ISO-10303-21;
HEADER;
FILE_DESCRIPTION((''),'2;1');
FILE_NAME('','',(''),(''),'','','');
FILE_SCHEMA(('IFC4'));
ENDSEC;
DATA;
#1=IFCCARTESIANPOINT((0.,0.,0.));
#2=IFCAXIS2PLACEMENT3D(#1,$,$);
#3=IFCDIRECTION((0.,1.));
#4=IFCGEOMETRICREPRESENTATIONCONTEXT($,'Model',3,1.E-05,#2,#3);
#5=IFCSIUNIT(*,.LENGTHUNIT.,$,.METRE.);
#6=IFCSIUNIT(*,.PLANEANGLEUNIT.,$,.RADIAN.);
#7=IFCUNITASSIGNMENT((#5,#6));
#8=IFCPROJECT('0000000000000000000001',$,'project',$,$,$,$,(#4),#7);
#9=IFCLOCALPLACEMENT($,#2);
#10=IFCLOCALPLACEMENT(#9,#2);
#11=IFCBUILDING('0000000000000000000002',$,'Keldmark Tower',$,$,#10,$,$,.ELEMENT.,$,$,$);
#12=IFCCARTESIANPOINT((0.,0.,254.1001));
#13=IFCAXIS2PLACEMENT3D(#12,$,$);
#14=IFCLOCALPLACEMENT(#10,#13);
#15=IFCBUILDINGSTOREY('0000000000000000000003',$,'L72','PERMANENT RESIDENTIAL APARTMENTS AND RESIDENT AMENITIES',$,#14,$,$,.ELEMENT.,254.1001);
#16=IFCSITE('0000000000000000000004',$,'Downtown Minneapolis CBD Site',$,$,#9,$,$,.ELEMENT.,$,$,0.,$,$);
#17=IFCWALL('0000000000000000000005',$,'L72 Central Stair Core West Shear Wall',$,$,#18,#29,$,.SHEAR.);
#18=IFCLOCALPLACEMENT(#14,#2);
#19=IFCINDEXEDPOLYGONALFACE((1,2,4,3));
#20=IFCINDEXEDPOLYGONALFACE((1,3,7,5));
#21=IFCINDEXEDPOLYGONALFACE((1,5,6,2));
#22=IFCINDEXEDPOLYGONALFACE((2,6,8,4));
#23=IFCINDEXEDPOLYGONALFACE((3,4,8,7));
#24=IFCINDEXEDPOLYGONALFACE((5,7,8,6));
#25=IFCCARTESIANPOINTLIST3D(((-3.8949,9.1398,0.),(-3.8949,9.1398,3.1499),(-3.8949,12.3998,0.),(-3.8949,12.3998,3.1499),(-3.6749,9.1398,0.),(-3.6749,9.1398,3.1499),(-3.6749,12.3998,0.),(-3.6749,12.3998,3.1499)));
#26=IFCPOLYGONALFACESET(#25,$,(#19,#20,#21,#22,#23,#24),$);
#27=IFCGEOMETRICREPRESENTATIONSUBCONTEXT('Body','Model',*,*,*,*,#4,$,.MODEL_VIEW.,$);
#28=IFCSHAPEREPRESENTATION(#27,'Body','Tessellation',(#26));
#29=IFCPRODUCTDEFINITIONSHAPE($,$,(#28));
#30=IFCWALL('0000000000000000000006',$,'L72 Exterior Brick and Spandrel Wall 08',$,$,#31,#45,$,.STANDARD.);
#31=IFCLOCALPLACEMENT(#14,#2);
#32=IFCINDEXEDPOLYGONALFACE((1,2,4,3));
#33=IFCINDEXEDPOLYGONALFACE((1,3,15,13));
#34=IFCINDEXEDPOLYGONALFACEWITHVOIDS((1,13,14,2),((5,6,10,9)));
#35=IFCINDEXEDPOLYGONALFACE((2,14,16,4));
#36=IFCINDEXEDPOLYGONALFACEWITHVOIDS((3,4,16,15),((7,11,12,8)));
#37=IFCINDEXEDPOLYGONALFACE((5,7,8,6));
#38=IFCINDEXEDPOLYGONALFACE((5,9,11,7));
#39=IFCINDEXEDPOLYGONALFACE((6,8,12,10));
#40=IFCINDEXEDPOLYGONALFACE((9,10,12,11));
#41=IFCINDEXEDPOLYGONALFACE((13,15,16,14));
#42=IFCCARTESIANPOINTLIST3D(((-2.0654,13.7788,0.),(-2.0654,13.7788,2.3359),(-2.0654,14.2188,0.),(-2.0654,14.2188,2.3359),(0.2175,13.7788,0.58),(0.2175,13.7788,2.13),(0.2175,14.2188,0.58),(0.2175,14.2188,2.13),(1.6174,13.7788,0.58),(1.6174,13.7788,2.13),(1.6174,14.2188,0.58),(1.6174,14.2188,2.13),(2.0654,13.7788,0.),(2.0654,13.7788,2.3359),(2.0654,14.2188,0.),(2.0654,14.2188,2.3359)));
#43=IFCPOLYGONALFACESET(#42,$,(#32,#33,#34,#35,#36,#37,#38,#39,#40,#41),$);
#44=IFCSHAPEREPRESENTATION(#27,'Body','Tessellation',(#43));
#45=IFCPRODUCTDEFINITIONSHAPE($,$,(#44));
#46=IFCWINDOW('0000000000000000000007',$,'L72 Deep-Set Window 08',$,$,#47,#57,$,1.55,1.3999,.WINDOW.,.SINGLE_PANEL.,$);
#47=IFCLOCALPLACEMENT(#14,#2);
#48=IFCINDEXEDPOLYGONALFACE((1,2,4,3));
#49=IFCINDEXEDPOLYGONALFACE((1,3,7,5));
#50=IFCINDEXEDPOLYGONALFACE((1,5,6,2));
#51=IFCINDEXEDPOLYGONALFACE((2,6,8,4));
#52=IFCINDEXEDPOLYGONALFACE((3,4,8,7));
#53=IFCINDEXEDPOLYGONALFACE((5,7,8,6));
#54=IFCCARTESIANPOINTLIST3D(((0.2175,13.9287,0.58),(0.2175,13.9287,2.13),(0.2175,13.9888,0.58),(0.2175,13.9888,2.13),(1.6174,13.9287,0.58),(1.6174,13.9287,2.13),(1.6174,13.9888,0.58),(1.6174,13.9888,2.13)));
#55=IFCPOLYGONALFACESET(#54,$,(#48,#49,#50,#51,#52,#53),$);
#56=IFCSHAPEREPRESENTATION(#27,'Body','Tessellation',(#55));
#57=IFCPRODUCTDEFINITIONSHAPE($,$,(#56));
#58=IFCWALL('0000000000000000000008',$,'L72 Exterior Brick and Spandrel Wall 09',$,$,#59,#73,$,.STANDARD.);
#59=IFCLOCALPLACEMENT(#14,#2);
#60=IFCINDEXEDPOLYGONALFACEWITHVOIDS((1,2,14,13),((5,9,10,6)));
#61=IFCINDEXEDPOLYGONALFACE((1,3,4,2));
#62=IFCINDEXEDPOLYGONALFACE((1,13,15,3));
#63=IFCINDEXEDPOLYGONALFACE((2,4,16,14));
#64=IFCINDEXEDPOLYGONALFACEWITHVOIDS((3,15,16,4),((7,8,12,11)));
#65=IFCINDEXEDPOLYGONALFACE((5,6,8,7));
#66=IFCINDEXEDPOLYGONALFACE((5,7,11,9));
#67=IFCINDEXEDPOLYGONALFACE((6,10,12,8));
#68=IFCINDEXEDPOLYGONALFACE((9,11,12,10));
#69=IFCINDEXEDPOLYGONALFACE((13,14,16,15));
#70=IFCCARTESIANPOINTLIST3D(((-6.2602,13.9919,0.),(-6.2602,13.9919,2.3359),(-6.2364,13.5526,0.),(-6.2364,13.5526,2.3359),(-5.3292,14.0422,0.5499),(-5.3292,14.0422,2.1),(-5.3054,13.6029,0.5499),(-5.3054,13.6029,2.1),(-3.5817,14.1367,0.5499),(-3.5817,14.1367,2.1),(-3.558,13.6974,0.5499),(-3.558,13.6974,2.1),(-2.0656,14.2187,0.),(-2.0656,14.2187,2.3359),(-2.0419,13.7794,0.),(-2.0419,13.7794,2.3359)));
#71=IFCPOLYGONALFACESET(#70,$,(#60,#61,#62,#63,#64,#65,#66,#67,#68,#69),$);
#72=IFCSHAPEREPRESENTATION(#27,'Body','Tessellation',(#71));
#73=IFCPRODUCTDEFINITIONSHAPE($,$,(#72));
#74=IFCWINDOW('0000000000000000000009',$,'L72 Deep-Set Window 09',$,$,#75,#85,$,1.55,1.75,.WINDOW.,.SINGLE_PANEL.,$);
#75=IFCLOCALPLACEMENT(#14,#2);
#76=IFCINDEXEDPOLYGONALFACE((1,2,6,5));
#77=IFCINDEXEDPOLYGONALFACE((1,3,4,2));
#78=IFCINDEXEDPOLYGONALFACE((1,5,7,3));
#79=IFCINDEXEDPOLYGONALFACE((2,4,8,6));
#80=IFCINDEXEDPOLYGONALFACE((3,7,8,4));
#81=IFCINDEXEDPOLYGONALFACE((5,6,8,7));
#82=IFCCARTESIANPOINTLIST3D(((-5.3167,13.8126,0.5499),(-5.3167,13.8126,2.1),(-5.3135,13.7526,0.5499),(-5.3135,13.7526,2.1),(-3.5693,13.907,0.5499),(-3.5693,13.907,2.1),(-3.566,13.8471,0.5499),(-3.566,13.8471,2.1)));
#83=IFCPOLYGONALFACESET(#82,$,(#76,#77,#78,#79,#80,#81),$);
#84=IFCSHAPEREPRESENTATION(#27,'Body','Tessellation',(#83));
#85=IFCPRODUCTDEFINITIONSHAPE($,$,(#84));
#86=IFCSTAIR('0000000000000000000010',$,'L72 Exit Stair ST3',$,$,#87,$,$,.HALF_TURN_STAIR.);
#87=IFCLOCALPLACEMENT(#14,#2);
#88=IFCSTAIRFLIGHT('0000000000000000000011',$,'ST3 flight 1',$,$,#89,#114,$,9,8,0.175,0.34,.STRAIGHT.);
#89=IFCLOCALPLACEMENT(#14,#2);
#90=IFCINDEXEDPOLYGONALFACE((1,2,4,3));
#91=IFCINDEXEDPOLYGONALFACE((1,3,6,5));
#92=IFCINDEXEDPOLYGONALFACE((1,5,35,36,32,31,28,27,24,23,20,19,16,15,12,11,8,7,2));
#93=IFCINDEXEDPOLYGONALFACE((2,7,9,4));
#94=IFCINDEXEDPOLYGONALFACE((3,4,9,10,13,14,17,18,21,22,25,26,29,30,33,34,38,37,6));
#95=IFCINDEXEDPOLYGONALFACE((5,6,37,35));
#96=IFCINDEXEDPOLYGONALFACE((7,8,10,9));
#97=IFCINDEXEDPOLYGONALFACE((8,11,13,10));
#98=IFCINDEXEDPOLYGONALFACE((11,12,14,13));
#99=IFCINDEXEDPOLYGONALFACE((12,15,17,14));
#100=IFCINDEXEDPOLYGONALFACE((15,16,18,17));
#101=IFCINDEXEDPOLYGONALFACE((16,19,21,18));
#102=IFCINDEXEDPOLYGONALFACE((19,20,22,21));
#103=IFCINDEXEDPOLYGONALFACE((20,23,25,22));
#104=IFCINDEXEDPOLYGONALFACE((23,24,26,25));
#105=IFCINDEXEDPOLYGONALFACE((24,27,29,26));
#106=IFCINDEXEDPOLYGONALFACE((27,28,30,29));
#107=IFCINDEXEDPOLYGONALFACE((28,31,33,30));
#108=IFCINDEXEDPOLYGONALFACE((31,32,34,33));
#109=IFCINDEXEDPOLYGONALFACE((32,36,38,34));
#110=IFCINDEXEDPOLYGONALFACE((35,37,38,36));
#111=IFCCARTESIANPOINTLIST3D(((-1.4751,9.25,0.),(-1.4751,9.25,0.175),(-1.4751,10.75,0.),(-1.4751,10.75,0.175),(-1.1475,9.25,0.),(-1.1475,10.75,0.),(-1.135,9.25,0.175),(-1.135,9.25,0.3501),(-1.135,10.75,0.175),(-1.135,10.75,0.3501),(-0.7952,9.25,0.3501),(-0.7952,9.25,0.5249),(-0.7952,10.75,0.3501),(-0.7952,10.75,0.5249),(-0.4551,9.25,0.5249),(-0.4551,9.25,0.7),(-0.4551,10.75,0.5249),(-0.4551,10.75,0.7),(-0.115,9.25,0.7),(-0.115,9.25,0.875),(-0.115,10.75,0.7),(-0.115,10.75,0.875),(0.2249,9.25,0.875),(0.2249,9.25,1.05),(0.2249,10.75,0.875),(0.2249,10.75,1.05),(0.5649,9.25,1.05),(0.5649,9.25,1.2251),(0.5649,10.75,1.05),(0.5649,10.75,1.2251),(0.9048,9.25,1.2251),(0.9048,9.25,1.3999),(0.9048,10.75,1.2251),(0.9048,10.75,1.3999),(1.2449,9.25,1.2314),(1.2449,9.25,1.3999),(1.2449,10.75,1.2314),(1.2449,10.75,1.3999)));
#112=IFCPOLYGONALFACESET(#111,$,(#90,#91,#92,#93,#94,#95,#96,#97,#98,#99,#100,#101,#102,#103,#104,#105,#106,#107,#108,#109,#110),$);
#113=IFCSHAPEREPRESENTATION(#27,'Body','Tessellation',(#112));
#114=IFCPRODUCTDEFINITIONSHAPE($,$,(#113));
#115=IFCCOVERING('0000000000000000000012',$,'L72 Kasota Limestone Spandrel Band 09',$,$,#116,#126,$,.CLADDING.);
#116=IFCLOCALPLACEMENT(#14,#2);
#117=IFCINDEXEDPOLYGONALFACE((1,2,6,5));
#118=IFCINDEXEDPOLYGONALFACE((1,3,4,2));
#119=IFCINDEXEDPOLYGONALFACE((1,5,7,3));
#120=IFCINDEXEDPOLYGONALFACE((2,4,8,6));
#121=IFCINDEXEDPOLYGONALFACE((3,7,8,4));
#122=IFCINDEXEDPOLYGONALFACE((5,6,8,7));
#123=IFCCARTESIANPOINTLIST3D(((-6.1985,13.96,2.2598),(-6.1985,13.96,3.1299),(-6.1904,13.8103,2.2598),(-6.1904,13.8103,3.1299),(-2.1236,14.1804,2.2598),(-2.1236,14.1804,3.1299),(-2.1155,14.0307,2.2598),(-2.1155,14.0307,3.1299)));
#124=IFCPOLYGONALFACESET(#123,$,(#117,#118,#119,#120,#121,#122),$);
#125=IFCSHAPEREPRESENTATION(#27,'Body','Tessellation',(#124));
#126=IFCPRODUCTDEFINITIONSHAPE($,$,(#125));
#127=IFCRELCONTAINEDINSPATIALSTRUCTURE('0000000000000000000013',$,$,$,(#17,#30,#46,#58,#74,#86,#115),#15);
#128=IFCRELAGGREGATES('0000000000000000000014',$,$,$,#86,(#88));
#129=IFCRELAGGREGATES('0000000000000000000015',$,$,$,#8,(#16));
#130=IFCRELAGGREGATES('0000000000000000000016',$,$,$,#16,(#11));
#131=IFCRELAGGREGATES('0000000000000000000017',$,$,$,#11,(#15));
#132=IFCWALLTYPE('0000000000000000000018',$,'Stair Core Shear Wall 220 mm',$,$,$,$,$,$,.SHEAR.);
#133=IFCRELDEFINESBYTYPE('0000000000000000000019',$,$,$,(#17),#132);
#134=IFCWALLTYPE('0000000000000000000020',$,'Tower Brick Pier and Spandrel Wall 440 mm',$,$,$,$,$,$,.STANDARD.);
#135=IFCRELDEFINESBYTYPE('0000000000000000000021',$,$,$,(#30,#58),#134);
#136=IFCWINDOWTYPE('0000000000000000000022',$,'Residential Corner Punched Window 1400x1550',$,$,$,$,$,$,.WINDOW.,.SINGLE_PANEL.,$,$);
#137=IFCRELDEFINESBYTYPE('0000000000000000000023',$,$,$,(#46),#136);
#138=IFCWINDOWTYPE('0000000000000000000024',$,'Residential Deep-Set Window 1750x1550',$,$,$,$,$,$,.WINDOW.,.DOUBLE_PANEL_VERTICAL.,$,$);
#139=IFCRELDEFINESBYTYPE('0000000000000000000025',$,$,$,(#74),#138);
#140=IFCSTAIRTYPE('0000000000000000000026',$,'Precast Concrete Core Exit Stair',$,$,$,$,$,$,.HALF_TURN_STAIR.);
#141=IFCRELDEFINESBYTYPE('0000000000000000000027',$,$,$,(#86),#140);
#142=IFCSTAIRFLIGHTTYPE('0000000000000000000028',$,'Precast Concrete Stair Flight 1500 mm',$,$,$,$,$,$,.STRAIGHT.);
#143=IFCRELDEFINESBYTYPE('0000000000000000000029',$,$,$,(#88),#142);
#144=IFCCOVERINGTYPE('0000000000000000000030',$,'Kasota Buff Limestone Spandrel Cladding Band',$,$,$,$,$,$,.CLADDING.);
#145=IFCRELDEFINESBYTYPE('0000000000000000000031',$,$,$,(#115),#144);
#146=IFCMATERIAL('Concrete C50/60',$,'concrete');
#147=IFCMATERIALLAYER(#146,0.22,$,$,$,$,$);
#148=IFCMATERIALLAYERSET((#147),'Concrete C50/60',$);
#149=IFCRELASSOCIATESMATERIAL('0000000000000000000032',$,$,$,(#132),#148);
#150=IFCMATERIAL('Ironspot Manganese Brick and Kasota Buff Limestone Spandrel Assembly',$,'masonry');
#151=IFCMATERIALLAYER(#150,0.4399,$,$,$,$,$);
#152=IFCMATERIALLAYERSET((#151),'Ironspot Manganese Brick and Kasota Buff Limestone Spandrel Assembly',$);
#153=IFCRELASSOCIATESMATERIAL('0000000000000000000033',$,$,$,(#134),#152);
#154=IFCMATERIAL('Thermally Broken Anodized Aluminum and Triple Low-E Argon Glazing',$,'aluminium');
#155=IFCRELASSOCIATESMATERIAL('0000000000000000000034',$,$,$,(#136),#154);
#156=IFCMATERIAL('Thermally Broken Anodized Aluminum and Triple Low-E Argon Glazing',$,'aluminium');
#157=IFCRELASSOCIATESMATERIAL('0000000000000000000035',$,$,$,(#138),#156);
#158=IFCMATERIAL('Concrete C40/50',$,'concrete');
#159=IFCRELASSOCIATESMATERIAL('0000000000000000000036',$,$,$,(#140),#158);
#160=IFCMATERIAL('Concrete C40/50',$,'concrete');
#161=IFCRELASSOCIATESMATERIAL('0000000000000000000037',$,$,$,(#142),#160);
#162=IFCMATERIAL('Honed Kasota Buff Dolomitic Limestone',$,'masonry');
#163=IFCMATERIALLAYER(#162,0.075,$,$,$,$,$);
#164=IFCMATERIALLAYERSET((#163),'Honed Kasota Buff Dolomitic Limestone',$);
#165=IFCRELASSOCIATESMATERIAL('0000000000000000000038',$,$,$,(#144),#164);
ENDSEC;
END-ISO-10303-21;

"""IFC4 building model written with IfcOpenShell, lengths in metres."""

from ifc_helpers import new_model, si_unit, direction, frame, frame_2d, origin, origin_2d, place, context, subcontext, project, spatial, polyline, rectangle, outline, extrude, material, layer, layer_set, type_object, element, fill, aggregate, save


model = new_model("IFC4")

# Units and contexts
model_context = context("Model", 3, precision=1e-05, world=origin(), true_north=direction((0.0, 1.0)))
body_context = subcontext(model_context, "Body", "Model", "MODEL_VIEW")
ifc_project = project(units=[si_unit("LENGTHUNIT", "METRE"), si_unit("PLANEANGLEUNIT", "RADIAN")], contexts=[model_context])

# Site, building, storey
site_placement = place(None, origin())
site = spatial("IfcSite", under=ifc_project, at=site_placement, Name="Downtown Minneapolis CBD Site", CompositionType="ELEMENT", RefElevation=0.0)
building_placement = place(site_placement, origin())
building = spatial("IfcBuilding", under=site, at=building_placement, Name="Keldmark Tower", CompositionType="ELEMENT")
storey_placement = place(building_placement, frame((0.0, 0.0, 254.1001)))
storey = spatial("IfcBuildingStorey", under=building, at=storey_placement, Name="L72", Description="PERMANENT RESIDENTIAL APARTMENTS AND RESIDENT AMENITIES", CompositionType="ELEMENT", Elevation=254.1001)

# Shared definitions
ifc_material_1 = material(Name="Concrete C50/60", Category="concrete")
ifc_layer_1 = layer(ifc_material_1, 0.22)
ifc_layer_set_1 = layer_set([ifc_layer_1], Name="Concrete C50/60")
wall_type_1 = type_object("IfcWallType", Name="Stair Core Shear Wall 220 mm", PredefinedType="SHEAR", material=ifc_layer_set_1)

# Wall
wall_1_placement = place(storey_placement, frame((-3.7849, 9.1399, 0.0), z_axis=(0.0, 0.0, 1.0), x_axis=(0.0, 1.0, 0.0)))
element("IfcWall", 1, at=wall_1_placement, inside=storey, type_object=wall_type_1, Name="L72 Central Stair Core West Shear Wall", PredefinedType="SHEAR", context=body_context, shape_type="SweptSolid", body=[
    extrude(rectangle(XDim=3.26, YDim=0.22, at=frame_2d((1.6299, 0.0))), origin(), (0.0, 0.0, 1.0), 3.1499),
])

# Walls, openings, windows
ifc_material_2 = material(Name="Ironspot Manganese Brick and Kasota Buff Limestone Spandrel Assembly", Category="masonry")
ifc_layer_2 = layer(ifc_material_2, 0.4399)
ifc_layer_set_2 = layer_set([ifc_layer_2], Name="Ironspot Manganese Brick and Kasota Buff Limestone Spandrel Assembly")
wall_type_2 = type_object("IfcWallType", Name="Tower Brick Pier and Spandrel Wall 440 mm", PredefinedType="STANDARD", material=ifc_layer_set_2)
wall_2_placement = place(storey_placement, frame((-2.0654, 13.9988, 0.0), z_axis=(0.0, 0.0, 1.0), x_axis=(1.0, 0.0, 0.0)))
wall_2 = element("IfcWall", 2, at=wall_2_placement, inside=storey, type_object=wall_type_2, Name="L72 Exterior Brick and Spandrel Wall 08", PredefinedType="STANDARD", context=body_context, shape_type="SweptSolid", body=[
    extrude(rectangle(XDim=4.1309, YDim=0.4399, at=frame_2d((2.0654, 0.0))), origin(), (0.0, 0.0, 1.0), 2.3359),
])
opening_1_placement = place(wall_2_placement, frame((2.283, 0.0, 0.5801)))
opening_1 = element("IfcOpeningElement", 3, at=opening_1_placement, cuts=wall_2, PredefinedType="OPENING", context=body_context, shape_type="SweptSolid", body=[
    extrude(rectangle(XDim=1.3999, YDim=1.55, at=frame_2d((0.7, 0.7749))), frame((0.0, 0.23, 0.0), z_axis=(0.0, -1.0, 0.0), x_axis=(1.0, 0.0, 0.0)), (0.0, 0.0, 1.0), 0.46),
])
ifc_material_3 = material(Name="Thermally Broken Anodized Aluminum and Triple Low-E Argon Glazing", Category="aluminium")
window_type_1 = type_object("IfcWindowType", Name="Residential Corner Punched Window 1400x1550", PartitioningType="SINGLE_PANEL", PredefinedType="WINDOW", material=ifc_material_3)
window_1_placement = place(opening_1_placement, origin())
window_1 = element("IfcWindow", 4, at=window_1_placement, inside=storey, type_object=window_type_1, Name="L72 Deep-Set Window 08", OverallHeight=1.55, OverallWidth=1.3999, PartitioningType="SINGLE_PANEL", PredefinedType="WINDOW", context=body_context, shape_type="SweptSolid", body=[
    extrude(rectangle(XDim=1.3999, YDim=1.55, at=frame_2d((0.7, 0.7749))), frame((0.0, -0.01, 0.0), z_axis=(0.0, -1.0, 0.0), x_axis=(1.0, 0.0, 0.0)), (0.0, 0.0, 1.0), 0.0601),
])
fill(opening_1, window_1)
wall_3_placement = place(storey_placement, frame((-6.2483, 13.7722, 0.0), z_axis=(0.0, 0.0, 1.0), x_axis=(0.998541, 0.053992, 0.0)))
wall_3 = element("IfcWall", 5, at=wall_3_placement, inside=storey, type_object=wall_type_2, Name="L72 Exterior Brick and Spandrel Wall 09", PredefinedType="STANDARD", context=body_context, shape_type="SweptSolid", body=[
    extrude(rectangle(XDim=4.2007, YDim=0.4399, at=frame_2d((2.1003, 0.0))), origin(), (0.0, 0.0, 1.0), 2.3359),
])
opening_2_placement = place(wall_3_placement, frame((0.9324, 0.0, 0.55)))
opening_2 = element("IfcOpeningElement", 6, at=opening_2_placement, cuts=wall_3, PredefinedType="OPENING", context=body_context, shape_type="SweptSolid", body=[
    extrude(rectangle(XDim=1.75, YDim=1.55, at=frame_2d((0.875, 0.7749))), frame((0.0, 0.23, 0.0), z_axis=(0.0, -1.0, 0.0), x_axis=(1.0, 0.0, 0.0)), (0.0, 0.0, 1.0), 0.46),
])
ifc_material_4 = material(Name="Thermally Broken Anodized Aluminum and Triple Low-E Argon Glazing", Category="aluminium")
window_type_2 = type_object("IfcWindowType", Name="Residential Deep-Set Window 1750x1550", PartitioningType="DOUBLE_PANEL_VERTICAL", PredefinedType="WINDOW", material=ifc_material_4)
window_2_placement = place(opening_2_placement, origin())
window_2 = element("IfcWindow", 7, at=window_2_placement, inside=storey, type_object=window_type_2, Name="L72 Deep-Set Window 09", OverallHeight=1.55, OverallWidth=1.75, PartitioningType="SINGLE_PANEL", PredefinedType="WINDOW", context=body_context, shape_type="SweptSolid", body=[
    extrude(rectangle(XDim=1.75, YDim=1.55, at=frame_2d((0.875, 0.7749))), frame((0.0, -0.01, 0.0), z_axis=(0.0, -1.0, 0.0), x_axis=(1.0, 0.0, 0.0)), (0.0, 0.0, 1.0), 0.0601),
])
fill(opening_2, window_2)

# Stair, stair flight
ifc_material_5 = material(Name="Concrete C40/50", Category="concrete")
stair_type = type_object("IfcStairType", Name="Precast Concrete Core Exit Stair", PredefinedType="HALF_TURN_STAIR", material=ifc_material_5)
stair_placement = place(storey_placement, origin())
stair = element("IfcStair", 8, at=stair_placement, inside=storey, type_object=stair_type, Name="L72 Exit Stair ST3", PredefinedType="HALF_TURN_STAIR")
ifc_material_6 = material(Name="Concrete C40/50", Category="concrete")
stair_flight_type = type_object("IfcStairFlightType", Name="Precast Concrete Stair Flight 1500 mm", PredefinedType="STRAIGHT", material=ifc_material_6)
stair_flight_placement = place(storey_placement, frame((-1.4751, 10.0, 0.0), z_axis=(0.0, 0.0, 1.0), x_axis=(1.0, 0.0, 0.0)))
stair_flight = element("IfcStairFlight", 9, at=stair_flight_placement, type_object=stair_flight_type, Name="ST3 flight 1", NumberOfRisers=9, NumberOfTreads=8, PredefinedType="STRAIGHT", RiserHeight=0.175, TreadLength=0.34, context=body_context, shape_type="SweptSolid", body=[
    extrude(outline(polyline([(0.0, 0.0), (0.0, 0.175), (0.3401, 0.175), (0.3401, 0.3501), (0.6799, 0.3501), (0.6799, 0.5249), (1.02, 0.5249), (1.02, 0.7), (1.3601, 0.7), (1.3601, 0.875), (1.7, 0.875), (1.7, 1.05), (2.04, 1.05), (2.04, 1.2251), (2.3799, 1.2251), (2.3799, 1.3999), (2.72, 1.3999), (2.72, 1.575), (2.72, 1.2314), (0.3276, 0.0), (0.0, 0.0)])), frame((0.0, 0.75, 0.0), z_axis=(0.0, -1.0, 0.0), x_axis=(1.0, 0.0, 0.0)), (0.0, 0.0, 1.0), 1.5),
])
aggregate(stair, [stair_flight])

# Covering
ifc_material_7 = material(Name="Honed Kasota Buff Dolomitic Limestone", Category="masonry")
ifc_layer_3 = layer(ifc_material_7, 0.075)
ifc_layer_set_3 = layer_set([ifc_layer_3], Name="Honed Kasota Buff Dolomitic Limestone")
covering_type = type_object("IfcCoveringType", Name="Kasota Buff Limestone Spandrel Cladding Band", PredefinedType="CLADDING", material=ifc_layer_set_3)
covering_placement = place(storey_placement, frame((-4.157, 13.9954, 2.2598), z_axis=(0.0, 0.0, 1.0), x_axis=(-0.99854, -0.054009, 0.0)))
element("IfcCovering", 10, at=covering_placement, inside=storey, type_object=covering_type, Name="L72 Kasota Limestone Spandrel Band 09", PredefinedType="CLADDING", context=body_context, shape_type="SweptSolid", body=[
    extrude(rectangle(XDim=4.0808, YDim=0.1499, at=origin_2d()), origin(), (0.0, 0.0, 1.0), 0.8701),
])

save(model, "model.ifc")
